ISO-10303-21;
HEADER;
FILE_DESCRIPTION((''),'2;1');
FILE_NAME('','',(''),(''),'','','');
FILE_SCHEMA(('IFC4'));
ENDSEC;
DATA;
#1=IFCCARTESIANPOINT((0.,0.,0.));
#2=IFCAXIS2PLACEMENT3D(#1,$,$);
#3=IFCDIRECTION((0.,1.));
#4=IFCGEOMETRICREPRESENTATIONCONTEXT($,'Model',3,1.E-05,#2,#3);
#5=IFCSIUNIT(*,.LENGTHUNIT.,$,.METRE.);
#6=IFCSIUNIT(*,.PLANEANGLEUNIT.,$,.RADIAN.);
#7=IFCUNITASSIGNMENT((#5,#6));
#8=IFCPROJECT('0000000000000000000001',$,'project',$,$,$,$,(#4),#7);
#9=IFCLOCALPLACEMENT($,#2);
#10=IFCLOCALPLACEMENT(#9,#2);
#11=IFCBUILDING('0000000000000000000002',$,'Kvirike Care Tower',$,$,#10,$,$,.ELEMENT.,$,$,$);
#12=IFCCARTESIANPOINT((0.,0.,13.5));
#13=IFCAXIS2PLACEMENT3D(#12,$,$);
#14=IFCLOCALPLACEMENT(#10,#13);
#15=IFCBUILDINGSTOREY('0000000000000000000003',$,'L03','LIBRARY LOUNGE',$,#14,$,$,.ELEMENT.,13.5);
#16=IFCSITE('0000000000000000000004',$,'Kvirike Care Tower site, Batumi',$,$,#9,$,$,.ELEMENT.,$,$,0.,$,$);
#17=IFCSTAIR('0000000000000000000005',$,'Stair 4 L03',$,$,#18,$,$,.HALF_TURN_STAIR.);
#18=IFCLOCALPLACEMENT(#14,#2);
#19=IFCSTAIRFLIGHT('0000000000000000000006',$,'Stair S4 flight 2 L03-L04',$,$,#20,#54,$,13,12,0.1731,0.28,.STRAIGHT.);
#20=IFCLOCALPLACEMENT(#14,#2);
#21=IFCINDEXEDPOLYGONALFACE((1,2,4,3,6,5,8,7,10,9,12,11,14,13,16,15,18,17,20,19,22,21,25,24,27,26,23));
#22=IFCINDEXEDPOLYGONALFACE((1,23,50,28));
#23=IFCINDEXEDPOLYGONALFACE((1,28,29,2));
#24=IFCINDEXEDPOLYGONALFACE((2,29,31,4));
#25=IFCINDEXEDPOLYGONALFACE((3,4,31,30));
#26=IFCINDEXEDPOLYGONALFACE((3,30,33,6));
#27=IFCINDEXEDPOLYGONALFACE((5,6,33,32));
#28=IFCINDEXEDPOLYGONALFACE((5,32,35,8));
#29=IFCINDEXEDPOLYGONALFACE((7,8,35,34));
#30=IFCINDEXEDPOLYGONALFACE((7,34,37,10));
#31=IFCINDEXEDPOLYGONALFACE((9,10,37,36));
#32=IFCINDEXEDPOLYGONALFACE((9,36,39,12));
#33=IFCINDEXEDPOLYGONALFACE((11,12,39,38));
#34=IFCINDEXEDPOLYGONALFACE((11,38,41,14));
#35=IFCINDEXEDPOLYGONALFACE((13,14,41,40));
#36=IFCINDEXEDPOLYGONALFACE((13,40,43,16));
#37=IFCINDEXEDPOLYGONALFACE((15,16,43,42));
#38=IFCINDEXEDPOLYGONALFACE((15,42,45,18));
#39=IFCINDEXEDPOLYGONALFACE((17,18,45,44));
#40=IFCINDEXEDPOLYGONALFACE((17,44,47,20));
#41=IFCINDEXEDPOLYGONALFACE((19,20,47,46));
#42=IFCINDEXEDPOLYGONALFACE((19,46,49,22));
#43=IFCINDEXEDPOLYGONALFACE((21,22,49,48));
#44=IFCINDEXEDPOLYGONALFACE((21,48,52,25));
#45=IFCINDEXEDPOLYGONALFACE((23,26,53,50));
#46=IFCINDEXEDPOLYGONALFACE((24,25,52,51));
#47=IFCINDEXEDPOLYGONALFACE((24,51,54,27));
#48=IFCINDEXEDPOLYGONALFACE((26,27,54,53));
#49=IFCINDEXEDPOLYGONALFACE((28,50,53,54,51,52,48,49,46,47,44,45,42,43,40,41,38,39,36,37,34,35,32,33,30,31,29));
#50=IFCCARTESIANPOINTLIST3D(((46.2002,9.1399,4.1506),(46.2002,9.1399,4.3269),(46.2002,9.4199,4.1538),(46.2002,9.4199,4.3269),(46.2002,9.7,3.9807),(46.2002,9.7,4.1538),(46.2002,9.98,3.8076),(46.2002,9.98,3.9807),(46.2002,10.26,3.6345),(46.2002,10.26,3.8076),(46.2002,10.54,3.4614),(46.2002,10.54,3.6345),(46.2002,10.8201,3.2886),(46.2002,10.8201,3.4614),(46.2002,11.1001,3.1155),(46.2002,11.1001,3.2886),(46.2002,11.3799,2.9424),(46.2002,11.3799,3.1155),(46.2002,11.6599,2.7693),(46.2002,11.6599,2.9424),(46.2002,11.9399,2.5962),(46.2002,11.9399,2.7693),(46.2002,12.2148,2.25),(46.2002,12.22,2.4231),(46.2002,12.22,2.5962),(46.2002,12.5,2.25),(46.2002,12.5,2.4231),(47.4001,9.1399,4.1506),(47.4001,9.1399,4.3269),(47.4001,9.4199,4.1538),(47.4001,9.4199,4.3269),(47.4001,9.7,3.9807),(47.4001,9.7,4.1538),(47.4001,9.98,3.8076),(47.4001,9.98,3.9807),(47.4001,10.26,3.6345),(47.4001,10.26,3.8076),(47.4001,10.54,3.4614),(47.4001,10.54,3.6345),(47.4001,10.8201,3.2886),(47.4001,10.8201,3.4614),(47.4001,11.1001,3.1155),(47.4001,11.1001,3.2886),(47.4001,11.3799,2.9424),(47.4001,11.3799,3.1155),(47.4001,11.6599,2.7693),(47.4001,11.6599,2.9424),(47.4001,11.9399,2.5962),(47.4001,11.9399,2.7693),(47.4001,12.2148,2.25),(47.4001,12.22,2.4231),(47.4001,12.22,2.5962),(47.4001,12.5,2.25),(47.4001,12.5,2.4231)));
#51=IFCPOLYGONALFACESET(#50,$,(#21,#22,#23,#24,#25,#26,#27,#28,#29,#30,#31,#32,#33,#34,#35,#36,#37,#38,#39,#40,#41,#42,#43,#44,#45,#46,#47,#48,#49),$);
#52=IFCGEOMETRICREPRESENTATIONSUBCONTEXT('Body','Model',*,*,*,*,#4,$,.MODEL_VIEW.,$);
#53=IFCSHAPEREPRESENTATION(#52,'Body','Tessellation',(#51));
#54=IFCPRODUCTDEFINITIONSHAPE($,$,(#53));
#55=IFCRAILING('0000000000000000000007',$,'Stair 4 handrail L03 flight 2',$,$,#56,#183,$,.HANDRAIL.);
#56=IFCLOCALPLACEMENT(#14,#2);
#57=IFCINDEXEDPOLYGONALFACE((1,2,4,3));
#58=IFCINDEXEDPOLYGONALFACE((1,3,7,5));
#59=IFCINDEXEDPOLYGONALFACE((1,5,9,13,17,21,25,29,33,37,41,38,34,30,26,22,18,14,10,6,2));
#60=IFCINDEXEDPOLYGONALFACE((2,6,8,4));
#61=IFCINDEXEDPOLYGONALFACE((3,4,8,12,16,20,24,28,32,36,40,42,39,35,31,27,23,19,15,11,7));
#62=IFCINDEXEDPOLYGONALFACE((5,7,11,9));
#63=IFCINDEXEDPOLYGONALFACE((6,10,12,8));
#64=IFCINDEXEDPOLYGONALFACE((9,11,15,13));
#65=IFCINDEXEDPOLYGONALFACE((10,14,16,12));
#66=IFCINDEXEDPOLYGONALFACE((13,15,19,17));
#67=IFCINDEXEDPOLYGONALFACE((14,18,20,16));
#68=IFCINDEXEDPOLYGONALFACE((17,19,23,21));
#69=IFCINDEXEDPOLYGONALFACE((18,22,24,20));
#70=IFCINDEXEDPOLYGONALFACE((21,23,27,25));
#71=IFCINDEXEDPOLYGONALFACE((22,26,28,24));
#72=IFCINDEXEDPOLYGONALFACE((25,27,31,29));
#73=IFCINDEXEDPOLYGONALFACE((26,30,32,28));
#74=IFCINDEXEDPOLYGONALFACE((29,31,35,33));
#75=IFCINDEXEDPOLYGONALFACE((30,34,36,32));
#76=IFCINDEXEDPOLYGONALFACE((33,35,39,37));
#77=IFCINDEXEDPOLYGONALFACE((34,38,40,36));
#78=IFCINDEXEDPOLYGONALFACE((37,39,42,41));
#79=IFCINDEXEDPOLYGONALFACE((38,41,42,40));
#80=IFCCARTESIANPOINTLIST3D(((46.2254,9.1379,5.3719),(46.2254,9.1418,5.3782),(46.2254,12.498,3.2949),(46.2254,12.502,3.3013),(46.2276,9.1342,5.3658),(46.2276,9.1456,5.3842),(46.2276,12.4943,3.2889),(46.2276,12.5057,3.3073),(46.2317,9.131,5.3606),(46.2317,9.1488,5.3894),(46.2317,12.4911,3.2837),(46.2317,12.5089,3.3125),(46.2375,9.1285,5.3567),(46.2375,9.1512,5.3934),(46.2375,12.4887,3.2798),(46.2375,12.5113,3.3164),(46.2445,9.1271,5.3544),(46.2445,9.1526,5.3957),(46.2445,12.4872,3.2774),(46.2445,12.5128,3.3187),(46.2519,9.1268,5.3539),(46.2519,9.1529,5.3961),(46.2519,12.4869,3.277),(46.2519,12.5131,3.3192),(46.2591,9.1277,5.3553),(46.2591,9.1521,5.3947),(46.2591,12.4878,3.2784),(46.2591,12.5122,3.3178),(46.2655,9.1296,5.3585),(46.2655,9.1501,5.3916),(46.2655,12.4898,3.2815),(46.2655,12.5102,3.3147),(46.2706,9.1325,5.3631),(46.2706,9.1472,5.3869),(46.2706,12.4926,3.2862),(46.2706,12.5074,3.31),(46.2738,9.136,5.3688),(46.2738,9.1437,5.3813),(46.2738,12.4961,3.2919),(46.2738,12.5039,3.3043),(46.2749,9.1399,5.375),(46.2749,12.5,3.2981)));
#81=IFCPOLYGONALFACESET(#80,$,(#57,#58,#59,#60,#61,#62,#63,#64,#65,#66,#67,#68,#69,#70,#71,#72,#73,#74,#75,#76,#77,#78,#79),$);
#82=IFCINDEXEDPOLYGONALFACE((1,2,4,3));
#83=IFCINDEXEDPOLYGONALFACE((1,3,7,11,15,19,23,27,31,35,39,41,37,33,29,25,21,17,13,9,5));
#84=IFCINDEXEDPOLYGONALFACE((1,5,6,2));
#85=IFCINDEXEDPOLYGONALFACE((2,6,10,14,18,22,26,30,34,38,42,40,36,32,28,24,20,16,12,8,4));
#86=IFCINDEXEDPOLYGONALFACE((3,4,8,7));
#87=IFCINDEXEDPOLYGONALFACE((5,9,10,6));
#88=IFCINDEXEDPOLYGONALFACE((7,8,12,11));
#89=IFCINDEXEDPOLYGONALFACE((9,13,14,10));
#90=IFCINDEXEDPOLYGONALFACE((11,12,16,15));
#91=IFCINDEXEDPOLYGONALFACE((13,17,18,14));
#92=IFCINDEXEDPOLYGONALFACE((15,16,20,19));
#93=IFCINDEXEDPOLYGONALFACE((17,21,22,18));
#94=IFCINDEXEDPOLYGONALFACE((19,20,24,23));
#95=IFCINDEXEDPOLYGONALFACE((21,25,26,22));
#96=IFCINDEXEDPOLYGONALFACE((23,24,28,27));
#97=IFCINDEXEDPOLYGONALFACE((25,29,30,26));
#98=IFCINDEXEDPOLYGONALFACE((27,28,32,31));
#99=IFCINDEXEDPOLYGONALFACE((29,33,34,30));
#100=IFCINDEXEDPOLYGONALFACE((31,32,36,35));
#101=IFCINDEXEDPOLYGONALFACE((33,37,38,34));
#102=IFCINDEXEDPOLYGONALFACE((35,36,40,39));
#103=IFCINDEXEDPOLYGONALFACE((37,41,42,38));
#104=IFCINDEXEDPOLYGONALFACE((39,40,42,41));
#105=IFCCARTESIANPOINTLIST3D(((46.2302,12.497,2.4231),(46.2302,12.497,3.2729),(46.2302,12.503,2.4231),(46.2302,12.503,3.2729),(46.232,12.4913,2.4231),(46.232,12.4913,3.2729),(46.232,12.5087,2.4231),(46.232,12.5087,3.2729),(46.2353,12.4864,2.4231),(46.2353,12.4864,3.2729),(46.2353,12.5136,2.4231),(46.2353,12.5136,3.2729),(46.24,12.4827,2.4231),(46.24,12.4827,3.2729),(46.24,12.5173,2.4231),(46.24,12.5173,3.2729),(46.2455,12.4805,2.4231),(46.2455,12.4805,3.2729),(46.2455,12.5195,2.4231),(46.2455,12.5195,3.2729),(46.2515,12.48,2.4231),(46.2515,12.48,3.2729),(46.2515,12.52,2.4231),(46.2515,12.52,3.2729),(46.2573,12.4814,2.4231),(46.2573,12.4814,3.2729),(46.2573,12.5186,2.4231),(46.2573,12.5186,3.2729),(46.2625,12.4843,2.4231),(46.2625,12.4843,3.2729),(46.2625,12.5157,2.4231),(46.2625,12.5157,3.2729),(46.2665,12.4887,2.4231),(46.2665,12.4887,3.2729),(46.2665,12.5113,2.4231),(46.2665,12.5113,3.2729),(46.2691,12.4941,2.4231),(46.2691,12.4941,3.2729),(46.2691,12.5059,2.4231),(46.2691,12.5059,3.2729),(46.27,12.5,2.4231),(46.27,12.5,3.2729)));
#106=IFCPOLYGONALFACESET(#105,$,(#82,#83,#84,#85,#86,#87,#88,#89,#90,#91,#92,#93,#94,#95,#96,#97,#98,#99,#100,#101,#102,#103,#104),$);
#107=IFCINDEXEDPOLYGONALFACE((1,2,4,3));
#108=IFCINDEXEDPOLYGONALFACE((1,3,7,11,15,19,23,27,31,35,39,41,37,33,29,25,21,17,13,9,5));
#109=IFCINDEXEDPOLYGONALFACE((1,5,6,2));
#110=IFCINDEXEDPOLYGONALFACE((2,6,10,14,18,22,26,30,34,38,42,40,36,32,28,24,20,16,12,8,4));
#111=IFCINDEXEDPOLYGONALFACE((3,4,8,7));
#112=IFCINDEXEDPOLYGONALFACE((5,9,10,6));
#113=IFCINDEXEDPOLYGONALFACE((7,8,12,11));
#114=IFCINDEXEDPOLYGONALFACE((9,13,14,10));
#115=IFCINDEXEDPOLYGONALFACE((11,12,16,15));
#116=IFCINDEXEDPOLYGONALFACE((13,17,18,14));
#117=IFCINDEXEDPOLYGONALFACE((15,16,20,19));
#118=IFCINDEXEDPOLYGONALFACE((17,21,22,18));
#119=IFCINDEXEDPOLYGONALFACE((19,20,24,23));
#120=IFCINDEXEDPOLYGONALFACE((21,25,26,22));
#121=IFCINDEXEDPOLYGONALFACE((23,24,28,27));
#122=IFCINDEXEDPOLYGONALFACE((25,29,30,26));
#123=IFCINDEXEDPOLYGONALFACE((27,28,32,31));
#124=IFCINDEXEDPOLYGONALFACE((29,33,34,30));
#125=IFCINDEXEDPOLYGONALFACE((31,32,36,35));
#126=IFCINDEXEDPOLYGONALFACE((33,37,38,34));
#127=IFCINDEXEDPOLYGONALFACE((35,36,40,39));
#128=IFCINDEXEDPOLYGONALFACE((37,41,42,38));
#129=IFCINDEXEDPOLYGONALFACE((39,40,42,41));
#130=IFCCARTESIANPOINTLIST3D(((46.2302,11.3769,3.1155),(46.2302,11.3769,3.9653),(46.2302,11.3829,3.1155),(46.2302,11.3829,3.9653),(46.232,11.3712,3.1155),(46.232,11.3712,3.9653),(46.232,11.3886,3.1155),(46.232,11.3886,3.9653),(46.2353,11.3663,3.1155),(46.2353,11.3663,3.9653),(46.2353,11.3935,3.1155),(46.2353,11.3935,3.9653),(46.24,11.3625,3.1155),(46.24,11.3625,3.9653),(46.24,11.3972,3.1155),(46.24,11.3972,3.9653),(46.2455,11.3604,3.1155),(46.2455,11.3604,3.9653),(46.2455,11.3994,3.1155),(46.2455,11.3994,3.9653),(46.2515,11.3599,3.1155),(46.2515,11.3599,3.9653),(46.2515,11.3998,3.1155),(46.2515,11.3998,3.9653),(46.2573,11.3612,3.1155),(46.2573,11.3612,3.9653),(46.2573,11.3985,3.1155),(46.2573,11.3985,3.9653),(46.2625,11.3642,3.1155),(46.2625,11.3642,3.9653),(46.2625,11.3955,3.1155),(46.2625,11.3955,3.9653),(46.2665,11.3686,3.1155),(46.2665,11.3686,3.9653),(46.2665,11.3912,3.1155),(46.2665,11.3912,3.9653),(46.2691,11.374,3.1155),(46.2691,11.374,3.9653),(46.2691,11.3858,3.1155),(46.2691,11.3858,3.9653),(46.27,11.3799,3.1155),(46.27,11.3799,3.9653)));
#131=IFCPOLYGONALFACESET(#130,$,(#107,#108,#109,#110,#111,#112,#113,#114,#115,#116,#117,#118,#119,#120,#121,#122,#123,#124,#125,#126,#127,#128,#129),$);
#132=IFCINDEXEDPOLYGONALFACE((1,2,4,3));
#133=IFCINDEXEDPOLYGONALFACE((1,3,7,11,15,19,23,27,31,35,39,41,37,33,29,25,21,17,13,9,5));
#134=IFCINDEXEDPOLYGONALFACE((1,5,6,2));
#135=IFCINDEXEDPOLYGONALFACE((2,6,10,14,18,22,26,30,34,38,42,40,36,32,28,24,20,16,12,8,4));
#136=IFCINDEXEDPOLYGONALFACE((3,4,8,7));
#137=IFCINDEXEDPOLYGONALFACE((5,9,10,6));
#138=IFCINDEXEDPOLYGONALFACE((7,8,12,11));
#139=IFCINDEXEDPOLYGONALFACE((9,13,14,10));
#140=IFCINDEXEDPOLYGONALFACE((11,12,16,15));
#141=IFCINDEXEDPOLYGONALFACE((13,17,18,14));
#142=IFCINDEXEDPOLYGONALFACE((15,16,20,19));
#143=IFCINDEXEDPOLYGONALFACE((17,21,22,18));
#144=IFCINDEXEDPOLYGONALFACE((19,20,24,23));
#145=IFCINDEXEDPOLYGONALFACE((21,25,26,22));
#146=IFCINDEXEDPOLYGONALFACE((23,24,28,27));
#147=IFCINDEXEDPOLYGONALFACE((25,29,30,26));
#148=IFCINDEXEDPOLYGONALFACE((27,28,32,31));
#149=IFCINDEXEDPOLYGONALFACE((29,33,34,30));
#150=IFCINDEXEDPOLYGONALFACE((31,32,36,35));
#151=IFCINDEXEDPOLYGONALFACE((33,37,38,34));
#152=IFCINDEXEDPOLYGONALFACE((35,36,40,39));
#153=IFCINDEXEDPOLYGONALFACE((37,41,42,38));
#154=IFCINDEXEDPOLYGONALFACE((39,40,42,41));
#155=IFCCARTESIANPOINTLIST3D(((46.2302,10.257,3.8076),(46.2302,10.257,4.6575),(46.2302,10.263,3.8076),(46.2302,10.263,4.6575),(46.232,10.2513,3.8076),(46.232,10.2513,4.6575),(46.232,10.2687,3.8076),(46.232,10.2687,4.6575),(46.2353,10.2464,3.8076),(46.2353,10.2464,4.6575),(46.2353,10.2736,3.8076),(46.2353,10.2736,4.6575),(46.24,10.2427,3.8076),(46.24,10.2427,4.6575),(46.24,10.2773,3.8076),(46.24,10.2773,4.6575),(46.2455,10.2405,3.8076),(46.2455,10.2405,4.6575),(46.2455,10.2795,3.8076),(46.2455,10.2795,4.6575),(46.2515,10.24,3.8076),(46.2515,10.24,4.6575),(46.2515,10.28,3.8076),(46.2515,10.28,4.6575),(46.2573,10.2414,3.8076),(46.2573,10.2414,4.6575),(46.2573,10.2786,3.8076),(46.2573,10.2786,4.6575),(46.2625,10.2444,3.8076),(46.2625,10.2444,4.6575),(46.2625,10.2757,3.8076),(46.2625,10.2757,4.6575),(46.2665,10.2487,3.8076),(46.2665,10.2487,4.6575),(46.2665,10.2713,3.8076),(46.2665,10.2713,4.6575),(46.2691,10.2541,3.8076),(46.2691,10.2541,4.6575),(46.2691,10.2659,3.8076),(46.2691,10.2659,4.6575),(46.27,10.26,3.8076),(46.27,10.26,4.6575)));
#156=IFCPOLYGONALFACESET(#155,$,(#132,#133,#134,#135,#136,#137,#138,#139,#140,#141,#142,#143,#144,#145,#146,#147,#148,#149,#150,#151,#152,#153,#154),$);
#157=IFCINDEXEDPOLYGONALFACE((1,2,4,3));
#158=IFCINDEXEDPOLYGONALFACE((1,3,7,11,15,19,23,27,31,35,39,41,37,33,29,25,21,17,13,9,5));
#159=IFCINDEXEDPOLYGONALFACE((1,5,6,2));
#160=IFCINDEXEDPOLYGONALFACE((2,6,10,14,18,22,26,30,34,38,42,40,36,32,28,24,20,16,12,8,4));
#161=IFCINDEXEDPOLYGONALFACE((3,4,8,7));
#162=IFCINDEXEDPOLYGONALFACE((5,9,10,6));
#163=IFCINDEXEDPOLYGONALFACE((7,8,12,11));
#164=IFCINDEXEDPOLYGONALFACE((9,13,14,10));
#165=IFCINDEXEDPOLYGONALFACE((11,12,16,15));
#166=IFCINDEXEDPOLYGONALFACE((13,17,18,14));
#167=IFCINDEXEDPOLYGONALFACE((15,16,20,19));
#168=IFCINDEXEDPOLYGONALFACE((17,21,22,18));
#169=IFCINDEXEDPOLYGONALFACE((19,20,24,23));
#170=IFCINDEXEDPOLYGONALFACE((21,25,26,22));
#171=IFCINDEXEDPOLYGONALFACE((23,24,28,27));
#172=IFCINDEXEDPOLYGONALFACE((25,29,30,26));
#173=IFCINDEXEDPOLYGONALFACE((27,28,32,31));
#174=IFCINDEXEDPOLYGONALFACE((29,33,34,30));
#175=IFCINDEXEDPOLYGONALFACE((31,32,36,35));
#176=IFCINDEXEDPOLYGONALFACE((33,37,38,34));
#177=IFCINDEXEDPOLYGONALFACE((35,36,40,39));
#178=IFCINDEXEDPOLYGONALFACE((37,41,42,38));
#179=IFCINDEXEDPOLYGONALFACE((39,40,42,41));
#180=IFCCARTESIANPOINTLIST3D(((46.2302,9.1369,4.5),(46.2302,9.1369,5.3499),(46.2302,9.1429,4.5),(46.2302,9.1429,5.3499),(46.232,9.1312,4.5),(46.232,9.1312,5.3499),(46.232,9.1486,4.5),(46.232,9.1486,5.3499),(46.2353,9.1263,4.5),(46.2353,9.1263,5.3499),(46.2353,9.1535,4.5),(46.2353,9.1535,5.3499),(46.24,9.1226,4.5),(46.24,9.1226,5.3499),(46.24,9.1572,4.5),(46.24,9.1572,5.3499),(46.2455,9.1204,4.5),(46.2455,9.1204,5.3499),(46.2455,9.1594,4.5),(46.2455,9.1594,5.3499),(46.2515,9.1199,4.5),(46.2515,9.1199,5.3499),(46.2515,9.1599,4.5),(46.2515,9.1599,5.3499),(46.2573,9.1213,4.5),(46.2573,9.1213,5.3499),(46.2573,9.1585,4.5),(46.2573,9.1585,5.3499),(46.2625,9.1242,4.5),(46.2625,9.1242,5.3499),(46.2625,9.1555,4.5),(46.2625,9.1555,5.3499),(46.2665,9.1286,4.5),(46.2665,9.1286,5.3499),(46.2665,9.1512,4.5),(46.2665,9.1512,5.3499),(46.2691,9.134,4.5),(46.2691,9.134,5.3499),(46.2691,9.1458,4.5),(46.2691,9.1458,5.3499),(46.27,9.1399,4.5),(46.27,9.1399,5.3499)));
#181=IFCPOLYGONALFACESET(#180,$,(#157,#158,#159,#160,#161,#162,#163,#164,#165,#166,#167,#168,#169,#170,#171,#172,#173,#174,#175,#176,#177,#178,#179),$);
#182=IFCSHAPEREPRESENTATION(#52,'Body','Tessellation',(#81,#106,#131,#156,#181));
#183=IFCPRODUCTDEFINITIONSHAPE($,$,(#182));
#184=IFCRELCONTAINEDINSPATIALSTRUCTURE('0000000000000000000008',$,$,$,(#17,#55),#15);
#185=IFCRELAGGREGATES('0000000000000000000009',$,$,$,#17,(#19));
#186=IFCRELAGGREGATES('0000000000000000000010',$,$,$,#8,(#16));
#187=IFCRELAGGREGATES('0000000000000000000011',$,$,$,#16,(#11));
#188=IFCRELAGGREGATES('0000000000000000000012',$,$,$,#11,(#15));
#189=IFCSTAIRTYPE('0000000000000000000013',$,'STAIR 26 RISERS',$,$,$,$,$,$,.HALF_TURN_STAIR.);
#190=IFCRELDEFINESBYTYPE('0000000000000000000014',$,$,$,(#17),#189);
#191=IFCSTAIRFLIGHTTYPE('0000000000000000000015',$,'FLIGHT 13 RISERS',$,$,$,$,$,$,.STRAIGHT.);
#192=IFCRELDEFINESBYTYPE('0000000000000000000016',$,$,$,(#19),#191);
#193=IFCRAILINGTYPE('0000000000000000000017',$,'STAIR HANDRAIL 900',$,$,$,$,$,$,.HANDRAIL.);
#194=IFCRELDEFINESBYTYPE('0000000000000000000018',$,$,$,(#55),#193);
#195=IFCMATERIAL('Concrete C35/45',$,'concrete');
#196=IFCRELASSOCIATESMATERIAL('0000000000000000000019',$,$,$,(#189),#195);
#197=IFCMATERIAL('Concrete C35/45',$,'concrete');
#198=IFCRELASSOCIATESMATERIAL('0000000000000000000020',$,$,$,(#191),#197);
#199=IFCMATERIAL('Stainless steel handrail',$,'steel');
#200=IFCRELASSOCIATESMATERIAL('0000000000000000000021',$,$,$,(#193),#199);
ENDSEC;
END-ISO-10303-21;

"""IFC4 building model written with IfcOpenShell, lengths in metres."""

from ifc_helpers import new_model, si_unit, direction, frame, origin, origin_2d, place, context, subcontext, project, spatial, polyline, circle, outline, extrude, material, type_object, element, aggregate, save


model = new_model("IFC4")

# Units and contexts
model_context = context("Model", 3, precision=1e-05, world=origin(), true_north=direction((0.0, 1.0)))
body_context = subcontext(model_context, "Body", "Model", "MODEL_VIEW")
ifc_project = project(units=[si_unit("LENGTHUNIT", "METRE"), si_unit("PLANEANGLEUNIT", "RADIAN")], contexts=[model_context])

# Site, building, storey
site_placement = place(None, origin())
site = spatial("IfcSite", under=ifc_project, at=site_placement, Name="Kvirike Care Tower site, Batumi", CompositionType="ELEMENT", RefElevation=0.0)
building_placement = place(site_placement, origin())
building = spatial("IfcBuilding", under=site, at=building_placement, Name="Kvirike Care Tower", CompositionType="ELEMENT")
storey_placement = place(building_placement, frame((0.0, 0.0, 13.5)))
storey = spatial("IfcBuildingStorey", under=building, at=storey_placement, Name="L03", Description="LIBRARY LOUNGE", CompositionType="ELEMENT", Elevation=13.5)

# Stair, stair flight
ifc_material_1 = material(Name="Concrete C35/45", Category="concrete")
stair_type = type_object("IfcStairType", Name="STAIR 26 RISERS", PredefinedType="HALF_TURN_STAIR", material=ifc_material_1)
stair_placement = place(storey_placement, origin())
stair = element("IfcStair", 1, at=stair_placement, inside=storey, type_object=stair_type, Name="Stair 4 L03", PredefinedType="HALF_TURN_STAIR")
ifc_material_2 = material(Name="Concrete C35/45", Category="concrete")
stair_flight_type = type_object("IfcStairFlightType", Name="FLIGHT 13 RISERS", PredefinedType="STRAIGHT", material=ifc_material_2)
stair_flight_placement = place(storey_placement, frame((46.8, 12.5, 2.25), z_axis=(0.0, 0.0, 1.0), x_axis=(0.0, -1.0, 0.0)))
stair_flight = element("IfcStairFlight", 2, at=stair_flight_placement, type_object=stair_flight_type, Name="Stair S4 flight 2 L03-L04", NumberOfRisers=13, NumberOfTreads=12, PredefinedType="STRAIGHT", RiserHeight=0.1731, TreadLength=0.28, context=body_context, shape_type="SweptSolid", body=[
    extrude(outline(polyline([(0.0, 0.0), (0.0, 0.1731), (0.28, 0.1731), (0.28, 0.3462), (0.5601, 0.3462), (0.5601, 0.5193), (0.8401, 0.5193), (0.8401, 0.6924), (1.1201, 0.6924), (1.1201, 0.8655), (1.3999, 0.8655), (1.3999, 1.0386), (1.6799, 1.0386), (1.6799, 1.2114), (1.96, 1.2114), (1.96, 1.3845), (2.24, 1.3845), (2.24, 1.5576), (2.52, 1.5576), (2.52, 1.7307), (2.8, 1.7307), (2.8, 1.9038), (3.0801, 1.9038), (3.0801, 2.0769), (3.3601, 2.0769), (3.3601, 2.25), (3.3601, 1.9006), (0.2852, 0.0), (0.0, 0.0)])), frame((0.0, 0.6001, 0.0), z_axis=(0.0, -1.0, 0.0), x_axis=(1.0, 0.0, 0.0)), (0.0, 0.0, 1.0), 1.2),
])
aggregate(stair, [stair_flight])

# Railing
ifc_material_3 = material(Name="Stainless steel handrail", Category="steel")
railing_type = type_object("IfcRailingType", Name="STAIR HANDRAIL 900", PredefinedType="HANDRAIL", material=ifc_material_3)
railing_placement = place(storey_placement, frame((46.25, 12.5, 2.4231)))
element("IfcRailing", 3, at=railing_placement, inside=storey, type_object=railing_type, Name="Stair 4 handrail L03 flight 2", PredefinedType="HANDRAIL", context=body_context, shape_type="SweptSolid", body=[
    extrude(circle(Radius=0.0249, at=origin_2d()), frame((0.0, 0.0, 0.875), z_axis=(0.0, -0.850623, 0.525776), x_axis=(1.0, 0.0, 0.0)), (0.0, 0.0, 1.0), 3.9502),
    extrude(circle(Radius=0.02, at=origin_2d()), origin(), (0.0, 0.0, 1.0), 0.8499),
    extrude(circle(Radius=0.02, at=origin_2d()), frame((0.0, -1.1201, 0.6924)), (0.0, 0.0, 1.0), 0.8499),
    extrude(circle(Radius=0.02, at=origin_2d()), frame((0.0, -2.24, 1.3845)), (0.0, 0.0, 1.0), 0.8499),
    extrude(circle(Radius=0.02, at=origin_2d()), frame((0.0, -3.3601, 2.0769)), (0.0, 0.0, 1.0), 0.8499),
])

save(model, "model.ifc")
